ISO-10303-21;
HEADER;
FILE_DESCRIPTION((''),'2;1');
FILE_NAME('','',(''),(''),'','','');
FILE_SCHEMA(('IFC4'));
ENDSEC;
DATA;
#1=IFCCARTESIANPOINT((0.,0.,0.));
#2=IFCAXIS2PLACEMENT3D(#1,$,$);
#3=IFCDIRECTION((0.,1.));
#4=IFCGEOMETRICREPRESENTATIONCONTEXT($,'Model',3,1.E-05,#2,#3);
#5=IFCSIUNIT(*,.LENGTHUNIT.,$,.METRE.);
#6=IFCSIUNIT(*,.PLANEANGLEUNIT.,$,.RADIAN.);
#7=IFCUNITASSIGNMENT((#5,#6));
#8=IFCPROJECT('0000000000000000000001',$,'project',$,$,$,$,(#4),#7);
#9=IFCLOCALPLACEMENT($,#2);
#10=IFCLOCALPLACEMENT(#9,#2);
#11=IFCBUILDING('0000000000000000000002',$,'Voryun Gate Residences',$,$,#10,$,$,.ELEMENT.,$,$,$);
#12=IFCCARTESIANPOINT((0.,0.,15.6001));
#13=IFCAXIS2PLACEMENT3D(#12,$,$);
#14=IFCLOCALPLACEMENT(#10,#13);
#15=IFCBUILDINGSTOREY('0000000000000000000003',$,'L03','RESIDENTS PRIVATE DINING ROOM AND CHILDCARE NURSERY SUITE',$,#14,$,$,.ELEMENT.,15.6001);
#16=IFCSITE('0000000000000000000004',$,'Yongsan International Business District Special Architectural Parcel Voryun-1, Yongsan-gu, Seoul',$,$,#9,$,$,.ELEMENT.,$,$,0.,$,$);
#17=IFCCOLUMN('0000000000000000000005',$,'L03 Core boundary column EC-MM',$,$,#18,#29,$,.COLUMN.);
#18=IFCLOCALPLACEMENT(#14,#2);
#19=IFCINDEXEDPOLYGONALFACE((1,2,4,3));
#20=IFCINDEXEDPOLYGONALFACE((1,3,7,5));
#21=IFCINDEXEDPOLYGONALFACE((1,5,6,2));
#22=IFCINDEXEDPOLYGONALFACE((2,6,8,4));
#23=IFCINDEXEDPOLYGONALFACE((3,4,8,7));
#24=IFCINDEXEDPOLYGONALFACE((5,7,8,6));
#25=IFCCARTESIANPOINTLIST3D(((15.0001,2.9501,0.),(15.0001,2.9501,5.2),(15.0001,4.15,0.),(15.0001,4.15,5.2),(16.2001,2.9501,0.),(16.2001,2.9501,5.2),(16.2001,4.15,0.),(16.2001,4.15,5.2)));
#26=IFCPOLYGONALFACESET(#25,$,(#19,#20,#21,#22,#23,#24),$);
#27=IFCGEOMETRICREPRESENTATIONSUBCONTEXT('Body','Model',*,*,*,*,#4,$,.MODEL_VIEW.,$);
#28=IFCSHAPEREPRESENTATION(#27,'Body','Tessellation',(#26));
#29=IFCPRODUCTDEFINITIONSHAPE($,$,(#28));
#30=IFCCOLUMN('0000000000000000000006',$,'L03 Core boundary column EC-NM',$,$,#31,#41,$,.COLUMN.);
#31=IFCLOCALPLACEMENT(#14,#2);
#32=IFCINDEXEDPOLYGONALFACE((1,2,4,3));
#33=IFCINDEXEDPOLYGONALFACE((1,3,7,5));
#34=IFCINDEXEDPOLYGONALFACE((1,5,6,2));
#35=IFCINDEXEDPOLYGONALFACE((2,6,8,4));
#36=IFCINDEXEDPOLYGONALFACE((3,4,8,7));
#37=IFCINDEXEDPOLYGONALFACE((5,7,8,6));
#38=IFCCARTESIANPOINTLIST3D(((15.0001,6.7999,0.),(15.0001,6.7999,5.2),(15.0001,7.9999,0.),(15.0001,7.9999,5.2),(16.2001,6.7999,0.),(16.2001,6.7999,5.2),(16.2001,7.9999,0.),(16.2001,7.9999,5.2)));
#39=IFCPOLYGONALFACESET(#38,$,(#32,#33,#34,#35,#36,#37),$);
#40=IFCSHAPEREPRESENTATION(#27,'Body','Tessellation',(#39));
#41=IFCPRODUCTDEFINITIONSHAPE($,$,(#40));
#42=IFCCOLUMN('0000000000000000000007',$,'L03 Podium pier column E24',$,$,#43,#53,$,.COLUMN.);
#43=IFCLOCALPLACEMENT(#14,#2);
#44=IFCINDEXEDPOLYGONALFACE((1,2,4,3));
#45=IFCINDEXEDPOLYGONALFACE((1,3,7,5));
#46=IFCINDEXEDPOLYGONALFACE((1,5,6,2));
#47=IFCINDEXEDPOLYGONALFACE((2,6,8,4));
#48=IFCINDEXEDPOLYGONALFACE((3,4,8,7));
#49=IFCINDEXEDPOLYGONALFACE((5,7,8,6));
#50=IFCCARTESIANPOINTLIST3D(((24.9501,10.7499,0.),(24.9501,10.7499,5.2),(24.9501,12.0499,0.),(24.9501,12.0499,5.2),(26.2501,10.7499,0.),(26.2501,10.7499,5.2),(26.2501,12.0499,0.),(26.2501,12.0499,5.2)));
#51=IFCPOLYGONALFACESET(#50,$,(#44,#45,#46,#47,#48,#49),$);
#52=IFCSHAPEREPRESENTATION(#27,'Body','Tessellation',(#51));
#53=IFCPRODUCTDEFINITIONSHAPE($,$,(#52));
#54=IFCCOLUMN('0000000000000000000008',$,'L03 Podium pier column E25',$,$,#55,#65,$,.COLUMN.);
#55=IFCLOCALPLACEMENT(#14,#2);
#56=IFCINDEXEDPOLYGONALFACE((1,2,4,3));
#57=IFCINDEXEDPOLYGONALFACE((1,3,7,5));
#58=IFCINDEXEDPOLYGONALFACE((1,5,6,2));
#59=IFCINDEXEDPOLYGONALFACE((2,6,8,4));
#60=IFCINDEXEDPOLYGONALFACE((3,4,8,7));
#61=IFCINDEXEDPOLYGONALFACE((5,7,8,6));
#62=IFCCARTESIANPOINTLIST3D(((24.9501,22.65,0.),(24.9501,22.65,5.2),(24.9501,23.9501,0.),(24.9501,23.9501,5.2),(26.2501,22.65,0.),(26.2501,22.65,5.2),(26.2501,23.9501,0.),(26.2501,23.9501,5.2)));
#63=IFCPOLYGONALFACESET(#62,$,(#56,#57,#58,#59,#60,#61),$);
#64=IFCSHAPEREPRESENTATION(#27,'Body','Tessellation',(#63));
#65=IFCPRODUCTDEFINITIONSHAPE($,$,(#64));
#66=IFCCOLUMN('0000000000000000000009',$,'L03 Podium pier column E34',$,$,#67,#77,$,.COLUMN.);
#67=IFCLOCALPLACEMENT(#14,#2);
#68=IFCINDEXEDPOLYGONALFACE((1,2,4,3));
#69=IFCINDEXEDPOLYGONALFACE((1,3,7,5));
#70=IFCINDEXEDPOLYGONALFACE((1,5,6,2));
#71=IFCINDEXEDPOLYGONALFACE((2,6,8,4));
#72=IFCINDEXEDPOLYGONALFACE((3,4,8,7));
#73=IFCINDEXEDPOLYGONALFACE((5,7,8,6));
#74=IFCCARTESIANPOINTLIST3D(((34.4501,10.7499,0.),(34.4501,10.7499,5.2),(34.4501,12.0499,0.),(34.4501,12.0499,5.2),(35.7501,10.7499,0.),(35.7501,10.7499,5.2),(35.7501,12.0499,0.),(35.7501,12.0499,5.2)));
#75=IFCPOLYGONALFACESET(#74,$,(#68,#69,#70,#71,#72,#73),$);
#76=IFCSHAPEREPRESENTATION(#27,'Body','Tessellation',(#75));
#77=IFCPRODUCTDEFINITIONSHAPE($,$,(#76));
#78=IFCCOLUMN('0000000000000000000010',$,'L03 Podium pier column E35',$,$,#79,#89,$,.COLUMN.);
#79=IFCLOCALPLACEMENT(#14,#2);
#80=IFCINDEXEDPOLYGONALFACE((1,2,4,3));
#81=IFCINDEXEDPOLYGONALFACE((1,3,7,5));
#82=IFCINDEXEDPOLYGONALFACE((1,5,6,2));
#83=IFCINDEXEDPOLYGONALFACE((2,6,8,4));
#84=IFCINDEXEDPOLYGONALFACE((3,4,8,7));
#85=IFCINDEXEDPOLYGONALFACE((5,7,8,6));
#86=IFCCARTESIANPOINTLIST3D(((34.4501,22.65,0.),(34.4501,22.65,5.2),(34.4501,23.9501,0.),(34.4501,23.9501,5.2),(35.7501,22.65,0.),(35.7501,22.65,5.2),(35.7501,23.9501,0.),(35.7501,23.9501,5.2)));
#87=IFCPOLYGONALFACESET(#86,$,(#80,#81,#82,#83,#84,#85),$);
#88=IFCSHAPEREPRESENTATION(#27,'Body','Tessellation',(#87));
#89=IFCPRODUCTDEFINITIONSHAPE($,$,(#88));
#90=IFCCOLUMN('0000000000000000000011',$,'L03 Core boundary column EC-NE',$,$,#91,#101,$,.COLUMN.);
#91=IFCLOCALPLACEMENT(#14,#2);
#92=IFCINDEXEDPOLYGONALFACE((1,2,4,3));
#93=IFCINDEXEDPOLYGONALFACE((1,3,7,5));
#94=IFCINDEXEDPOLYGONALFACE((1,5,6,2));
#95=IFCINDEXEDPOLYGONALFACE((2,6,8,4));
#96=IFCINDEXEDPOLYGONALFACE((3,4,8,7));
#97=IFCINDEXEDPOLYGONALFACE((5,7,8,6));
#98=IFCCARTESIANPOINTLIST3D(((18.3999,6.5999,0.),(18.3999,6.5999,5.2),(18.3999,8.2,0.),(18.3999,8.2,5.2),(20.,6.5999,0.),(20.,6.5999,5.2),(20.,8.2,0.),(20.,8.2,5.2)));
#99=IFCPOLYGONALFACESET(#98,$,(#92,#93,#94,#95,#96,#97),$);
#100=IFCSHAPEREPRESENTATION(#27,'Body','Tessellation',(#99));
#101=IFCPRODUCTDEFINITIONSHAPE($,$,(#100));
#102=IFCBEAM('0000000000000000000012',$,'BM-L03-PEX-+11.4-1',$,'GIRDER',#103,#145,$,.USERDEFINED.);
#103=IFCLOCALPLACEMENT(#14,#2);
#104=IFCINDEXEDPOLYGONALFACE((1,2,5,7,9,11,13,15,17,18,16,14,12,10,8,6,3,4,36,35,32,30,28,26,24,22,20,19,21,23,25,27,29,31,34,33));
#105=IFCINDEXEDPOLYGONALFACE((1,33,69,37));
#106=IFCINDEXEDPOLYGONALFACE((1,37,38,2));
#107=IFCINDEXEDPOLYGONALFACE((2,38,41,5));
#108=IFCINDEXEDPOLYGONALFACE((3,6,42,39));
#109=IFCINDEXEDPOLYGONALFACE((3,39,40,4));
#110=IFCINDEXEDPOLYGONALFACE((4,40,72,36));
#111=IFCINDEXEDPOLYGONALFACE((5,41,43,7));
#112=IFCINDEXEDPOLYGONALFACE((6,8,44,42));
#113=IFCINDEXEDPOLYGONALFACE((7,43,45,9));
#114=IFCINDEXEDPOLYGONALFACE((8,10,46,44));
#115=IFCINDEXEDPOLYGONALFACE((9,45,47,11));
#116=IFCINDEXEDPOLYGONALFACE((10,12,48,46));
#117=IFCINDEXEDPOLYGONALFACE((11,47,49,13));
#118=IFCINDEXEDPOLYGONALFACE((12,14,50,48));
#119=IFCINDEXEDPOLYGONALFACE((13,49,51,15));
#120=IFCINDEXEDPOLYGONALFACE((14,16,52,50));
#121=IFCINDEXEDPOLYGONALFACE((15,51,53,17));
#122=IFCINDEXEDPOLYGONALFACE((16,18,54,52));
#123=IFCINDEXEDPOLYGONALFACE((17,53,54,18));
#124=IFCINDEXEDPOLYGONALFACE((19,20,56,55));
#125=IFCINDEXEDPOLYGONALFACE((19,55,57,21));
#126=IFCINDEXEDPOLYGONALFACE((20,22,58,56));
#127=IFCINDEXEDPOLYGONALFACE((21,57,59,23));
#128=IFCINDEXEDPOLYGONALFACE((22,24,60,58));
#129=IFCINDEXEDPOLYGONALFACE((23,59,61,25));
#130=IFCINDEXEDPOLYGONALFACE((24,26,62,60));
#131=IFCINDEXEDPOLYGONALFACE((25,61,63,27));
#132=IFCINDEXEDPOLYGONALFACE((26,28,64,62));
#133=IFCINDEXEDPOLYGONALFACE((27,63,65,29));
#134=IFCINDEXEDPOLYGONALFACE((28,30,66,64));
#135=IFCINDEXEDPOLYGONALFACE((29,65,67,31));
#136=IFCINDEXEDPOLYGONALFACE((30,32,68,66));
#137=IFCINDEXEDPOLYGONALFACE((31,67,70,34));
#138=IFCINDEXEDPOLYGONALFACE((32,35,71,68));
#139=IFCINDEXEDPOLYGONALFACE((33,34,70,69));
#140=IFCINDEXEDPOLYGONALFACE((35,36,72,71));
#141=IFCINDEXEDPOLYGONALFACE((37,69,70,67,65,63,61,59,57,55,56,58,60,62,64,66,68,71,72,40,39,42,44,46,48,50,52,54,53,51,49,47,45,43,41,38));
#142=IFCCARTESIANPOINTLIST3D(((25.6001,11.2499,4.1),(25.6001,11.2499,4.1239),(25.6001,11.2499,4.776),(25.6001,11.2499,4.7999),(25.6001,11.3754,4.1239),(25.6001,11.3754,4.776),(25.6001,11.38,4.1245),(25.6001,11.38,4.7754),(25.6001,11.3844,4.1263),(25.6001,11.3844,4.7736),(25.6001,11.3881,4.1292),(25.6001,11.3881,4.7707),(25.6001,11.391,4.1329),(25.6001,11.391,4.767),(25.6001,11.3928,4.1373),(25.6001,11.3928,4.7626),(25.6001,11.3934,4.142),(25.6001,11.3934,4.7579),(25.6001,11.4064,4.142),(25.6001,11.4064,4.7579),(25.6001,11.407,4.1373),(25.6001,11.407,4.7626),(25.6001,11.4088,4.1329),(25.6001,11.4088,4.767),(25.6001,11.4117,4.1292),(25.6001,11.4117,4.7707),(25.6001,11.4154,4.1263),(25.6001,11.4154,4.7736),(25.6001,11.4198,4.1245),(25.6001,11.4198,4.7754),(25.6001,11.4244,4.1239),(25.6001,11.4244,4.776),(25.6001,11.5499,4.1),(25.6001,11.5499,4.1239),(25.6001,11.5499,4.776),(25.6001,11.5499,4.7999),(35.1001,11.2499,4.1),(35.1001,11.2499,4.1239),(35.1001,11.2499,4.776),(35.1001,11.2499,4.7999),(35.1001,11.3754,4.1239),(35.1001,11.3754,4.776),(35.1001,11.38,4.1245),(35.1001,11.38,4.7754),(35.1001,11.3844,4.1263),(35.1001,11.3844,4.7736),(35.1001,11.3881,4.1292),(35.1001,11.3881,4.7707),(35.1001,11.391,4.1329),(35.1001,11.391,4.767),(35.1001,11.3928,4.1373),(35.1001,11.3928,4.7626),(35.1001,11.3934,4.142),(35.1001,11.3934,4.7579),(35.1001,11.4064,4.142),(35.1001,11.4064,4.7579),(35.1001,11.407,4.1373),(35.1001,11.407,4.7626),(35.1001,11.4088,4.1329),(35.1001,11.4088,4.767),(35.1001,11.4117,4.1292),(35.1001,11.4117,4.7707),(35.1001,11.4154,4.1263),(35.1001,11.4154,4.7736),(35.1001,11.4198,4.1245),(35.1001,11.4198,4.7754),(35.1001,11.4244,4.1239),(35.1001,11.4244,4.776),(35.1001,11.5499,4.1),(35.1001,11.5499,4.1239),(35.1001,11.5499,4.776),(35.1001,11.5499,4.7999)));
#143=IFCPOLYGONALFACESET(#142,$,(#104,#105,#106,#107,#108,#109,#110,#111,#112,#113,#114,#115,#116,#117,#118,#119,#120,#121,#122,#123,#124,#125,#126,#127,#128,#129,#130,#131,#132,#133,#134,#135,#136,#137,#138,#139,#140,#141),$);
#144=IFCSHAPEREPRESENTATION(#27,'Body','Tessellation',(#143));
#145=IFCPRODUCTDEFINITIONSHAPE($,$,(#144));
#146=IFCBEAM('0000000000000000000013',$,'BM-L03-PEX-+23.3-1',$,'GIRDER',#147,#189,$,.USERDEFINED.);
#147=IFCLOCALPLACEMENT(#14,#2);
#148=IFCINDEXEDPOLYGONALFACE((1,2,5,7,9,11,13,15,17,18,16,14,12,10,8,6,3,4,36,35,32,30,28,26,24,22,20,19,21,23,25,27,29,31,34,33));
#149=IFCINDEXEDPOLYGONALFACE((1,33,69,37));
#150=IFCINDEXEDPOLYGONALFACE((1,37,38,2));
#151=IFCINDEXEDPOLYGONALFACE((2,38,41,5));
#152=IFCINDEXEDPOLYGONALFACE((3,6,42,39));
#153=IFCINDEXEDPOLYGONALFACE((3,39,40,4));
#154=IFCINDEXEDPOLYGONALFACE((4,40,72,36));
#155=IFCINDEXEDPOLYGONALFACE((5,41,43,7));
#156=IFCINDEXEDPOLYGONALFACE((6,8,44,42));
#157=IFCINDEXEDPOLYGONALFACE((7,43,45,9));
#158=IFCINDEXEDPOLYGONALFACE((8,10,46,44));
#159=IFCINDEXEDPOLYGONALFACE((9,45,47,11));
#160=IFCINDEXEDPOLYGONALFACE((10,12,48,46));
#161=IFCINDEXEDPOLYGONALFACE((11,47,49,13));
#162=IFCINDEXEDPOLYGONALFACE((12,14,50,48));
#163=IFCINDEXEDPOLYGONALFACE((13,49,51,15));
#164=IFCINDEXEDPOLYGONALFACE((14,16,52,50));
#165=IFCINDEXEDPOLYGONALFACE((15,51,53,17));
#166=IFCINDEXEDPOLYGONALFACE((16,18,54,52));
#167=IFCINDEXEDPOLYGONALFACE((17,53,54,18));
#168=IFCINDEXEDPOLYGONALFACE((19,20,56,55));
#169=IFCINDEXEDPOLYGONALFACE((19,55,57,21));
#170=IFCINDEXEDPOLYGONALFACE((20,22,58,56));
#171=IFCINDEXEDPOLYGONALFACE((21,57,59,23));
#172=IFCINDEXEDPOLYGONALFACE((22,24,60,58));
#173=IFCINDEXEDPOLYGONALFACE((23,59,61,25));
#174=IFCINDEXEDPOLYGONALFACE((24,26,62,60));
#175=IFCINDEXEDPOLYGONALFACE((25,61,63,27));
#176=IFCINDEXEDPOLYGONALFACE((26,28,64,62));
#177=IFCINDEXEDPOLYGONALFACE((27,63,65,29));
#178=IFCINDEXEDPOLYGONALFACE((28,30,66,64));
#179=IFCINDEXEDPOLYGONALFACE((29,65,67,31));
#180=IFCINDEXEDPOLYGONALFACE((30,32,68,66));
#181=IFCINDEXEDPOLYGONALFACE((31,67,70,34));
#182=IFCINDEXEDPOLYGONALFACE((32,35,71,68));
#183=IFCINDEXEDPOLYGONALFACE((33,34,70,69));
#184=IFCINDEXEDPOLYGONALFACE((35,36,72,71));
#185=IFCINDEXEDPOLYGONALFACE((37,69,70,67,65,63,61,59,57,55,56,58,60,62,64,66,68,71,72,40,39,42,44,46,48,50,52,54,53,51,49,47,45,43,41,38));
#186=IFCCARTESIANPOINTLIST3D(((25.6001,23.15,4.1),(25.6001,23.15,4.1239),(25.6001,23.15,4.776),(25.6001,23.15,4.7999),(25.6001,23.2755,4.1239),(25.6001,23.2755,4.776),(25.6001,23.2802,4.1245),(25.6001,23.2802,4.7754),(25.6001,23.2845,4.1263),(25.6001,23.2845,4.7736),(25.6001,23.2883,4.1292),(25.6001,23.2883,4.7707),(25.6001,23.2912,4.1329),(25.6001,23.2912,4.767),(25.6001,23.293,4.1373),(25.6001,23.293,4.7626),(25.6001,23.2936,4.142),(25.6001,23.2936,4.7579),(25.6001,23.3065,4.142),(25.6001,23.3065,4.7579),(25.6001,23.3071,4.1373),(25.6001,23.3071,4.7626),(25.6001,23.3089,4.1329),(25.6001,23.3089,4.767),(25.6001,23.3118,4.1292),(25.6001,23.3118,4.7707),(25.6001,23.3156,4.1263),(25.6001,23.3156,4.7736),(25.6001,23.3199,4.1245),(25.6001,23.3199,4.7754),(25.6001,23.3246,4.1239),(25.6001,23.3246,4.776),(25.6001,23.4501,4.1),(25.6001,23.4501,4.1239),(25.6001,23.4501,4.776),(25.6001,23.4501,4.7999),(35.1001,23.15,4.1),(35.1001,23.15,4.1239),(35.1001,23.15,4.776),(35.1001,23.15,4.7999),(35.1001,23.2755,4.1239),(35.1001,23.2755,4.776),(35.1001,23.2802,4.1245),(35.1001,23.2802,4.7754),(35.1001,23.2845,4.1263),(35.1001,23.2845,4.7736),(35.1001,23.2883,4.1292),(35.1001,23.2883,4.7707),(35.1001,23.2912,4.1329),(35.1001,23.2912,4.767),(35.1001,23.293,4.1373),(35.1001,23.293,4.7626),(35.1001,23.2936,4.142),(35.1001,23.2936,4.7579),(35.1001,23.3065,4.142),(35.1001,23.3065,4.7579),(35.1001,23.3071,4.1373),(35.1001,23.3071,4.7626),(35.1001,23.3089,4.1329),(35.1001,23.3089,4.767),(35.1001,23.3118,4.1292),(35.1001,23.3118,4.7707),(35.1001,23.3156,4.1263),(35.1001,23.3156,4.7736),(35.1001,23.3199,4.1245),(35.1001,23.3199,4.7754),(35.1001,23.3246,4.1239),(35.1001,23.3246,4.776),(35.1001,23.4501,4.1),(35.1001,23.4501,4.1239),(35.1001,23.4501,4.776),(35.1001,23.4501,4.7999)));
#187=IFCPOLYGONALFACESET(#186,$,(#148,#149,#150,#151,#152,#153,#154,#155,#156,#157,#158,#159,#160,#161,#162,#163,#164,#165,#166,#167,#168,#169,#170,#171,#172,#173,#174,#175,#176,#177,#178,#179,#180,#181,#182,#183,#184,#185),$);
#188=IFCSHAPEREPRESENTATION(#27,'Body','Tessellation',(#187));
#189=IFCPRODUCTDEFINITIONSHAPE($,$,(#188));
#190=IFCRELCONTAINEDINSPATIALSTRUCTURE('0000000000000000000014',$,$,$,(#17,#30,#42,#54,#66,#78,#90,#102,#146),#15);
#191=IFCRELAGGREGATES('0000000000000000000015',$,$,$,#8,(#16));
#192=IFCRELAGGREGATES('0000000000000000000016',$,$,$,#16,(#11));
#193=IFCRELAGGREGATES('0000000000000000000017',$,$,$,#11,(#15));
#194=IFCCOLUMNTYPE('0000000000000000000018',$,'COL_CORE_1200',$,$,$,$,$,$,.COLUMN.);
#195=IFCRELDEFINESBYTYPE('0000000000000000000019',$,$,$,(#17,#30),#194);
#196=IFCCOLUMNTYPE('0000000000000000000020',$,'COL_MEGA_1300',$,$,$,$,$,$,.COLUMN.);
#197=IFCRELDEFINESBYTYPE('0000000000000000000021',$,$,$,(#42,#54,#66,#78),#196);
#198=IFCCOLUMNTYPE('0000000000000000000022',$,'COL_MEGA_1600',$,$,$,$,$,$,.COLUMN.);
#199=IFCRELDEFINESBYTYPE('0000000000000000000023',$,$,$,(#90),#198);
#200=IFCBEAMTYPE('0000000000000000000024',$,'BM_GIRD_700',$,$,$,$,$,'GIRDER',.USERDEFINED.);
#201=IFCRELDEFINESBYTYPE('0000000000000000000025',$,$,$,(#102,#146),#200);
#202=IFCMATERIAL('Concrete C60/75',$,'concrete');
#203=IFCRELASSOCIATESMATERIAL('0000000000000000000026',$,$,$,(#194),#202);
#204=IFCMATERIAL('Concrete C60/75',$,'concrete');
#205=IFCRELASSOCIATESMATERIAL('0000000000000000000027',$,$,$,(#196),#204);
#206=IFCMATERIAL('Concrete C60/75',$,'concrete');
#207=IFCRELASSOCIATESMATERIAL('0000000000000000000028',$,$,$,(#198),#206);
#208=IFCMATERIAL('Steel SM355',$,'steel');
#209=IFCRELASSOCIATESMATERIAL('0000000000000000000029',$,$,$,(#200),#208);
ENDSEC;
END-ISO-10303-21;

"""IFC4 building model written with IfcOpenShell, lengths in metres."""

from ifc_helpers import new_model, si_unit, direction, frame, origin, origin_2d, place, context, subcontext, project, spatial, rectangle, i_section, extrude, material, material_profile, profile_set, type_object, element, save


model = new_model("IFC4")

# Units and contexts
model_context = context("Model", 3, precision=1e-05, world=origin(), true_north=direction((0.0, 1.0)))
body_context = subcontext(model_context, "Body", "Model", "MODEL_VIEW")
ifc_project = project(units=[si_unit("LENGTHUNIT", "METRE"), si_unit("PLANEANGLEUNIT", "RADIAN")], contexts=[model_context])

# Site, building, storey
site_placement = place(None, origin())
site = spatial("IfcSite", under=ifc_project, at=site_placement, Name="Yongsan International Business District Special Architectural Parcel Voryun-1, Yongsan-gu, Seoul", CompositionType="ELEMENT", RefElevation=0.0)
building_placement = place(site_placement, origin())
building = spatial("IfcBuilding", under=site, at=building_placement, Name="Voryun Gate Residences", CompositionType="ELEMENT")
storey_placement = place(building_placement, frame((0.0, 0.0, 15.6001)))
storey = spatial("IfcBuildingStorey", under=building, at=storey_placement, Name="L03", Description="RESIDENTS PRIVATE DINING ROOM AND CHILDCARE NURSERY SUITE", CompositionType="ELEMENT", Elevation=15.6001)

# Columns
ifc_material_1 = material(Name="Concrete C60/75", Category="concrete")
ifc_material_profile_1 = material_profile(ifc_material_1, rectangle(XDim=1.2, YDim=1.2, at=origin_2d()), Name="RC-1200x1200")
ifc_profile_set_1 = profile_set([ifc_material_profile_1], Name="Concrete C60/75")
column_type_1 = type_object("IfcColumnType", Name="COL_CORE_1200", PredefinedType="COLUMN", material=ifc_profile_set_1)
for number, where, z_axis, x_axis, name in (
    (1, (15.6001, 3.55, 0.0), (0.0, 0.0, 1.0), (1.0, 0.0, 0.0), "L03 Core boundary column EC-MM"),
    (2, (15.6001, 7.3999, 0.0), (0.0, 0.0, 1.0), (1.0, 0.0, 0.0), "L03 Core boundary column EC-NM"),
):
    element("IfcColumn", number, at=place(storey_placement, frame(where, z_axis=z_axis, x_axis=x_axis)), inside=storey, type_object=column_type_1, Name=name, PredefinedType="COLUMN", context=body_context, shape_type="SweptSolid", body=[
        extrude(rectangle(XDim=1.2, YDim=1.2, at=origin_2d()), origin(), (0.0, 0.0, 1.0), 5.2),
    ])
ifc_material_2 = material(Name="Concrete C60/75", Category="concrete")
ifc_material_profile_2 = material_profile(ifc_material_2, rectangle(XDim=1.3, YDim=1.3, at=origin_2d()), Name="RC-1300x1300")
ifc_profile_set_2 = profile_set([ifc_material_profile_2], Name="Concrete C60/75")
column_type_2 = type_object("IfcColumnType", Name="COL_MEGA_1300", PredefinedType="COLUMN", material=ifc_profile_set_2)
for number, where, z_axis, x_axis, name in (
    (3, (25.6001, 11.3999, 0.0), (0.0, 0.0, 1.0), (1.0, 0.0, 0.0), "L03 Podium pier column E24"),
    (4, (25.6001, 23.3, 0.0), (0.0, 0.0, 1.0), (1.0, 0.0, 0.0), "L03 Podium pier column E25"),
    (5, (35.1001, 11.3999, 0.0), (0.0, 0.0, 1.0), (1.0, 0.0, 0.0), "L03 Podium pier column E34"),
    (6, (35.1001, 23.3, 0.0), (0.0, 0.0, 1.0), (1.0, 0.0, 0.0), "L03 Podium pier column E35"),
):
    element("IfcColumn", number, at=place(storey_placement, frame(where, z_axis=z_axis, x_axis=x_axis)), inside=storey, type_object=column_type_2, Name=name, PredefinedType="COLUMN", context=body_context, shape_type="SweptSolid", body=[
        extrude(rectangle(XDim=1.3, YDim=1.3, at=origin_2d()), origin(), (0.0, 0.0, 1.0), 5.2),
    ])
ifc_material_3 = material(Name="Concrete C60/75", Category="concrete")
ifc_material_profile_3 = material_profile(ifc_material_3, rectangle(XDim=1.6001, YDim=1.6001, at=origin_2d()), Name="RC-1600x1600")
ifc_profile_set_3 = profile_set([ifc_material_profile_3], Name="Concrete C60/75")
column_type_3 = type_object("IfcColumnType", Name="COL_MEGA_1600", PredefinedType="COLUMN", material=ifc_profile_set_3)
column_placement = place(storey_placement, frame((19.2, 7.3999, 0.0), z_axis=(0.0, 0.0, 1.0), x_axis=(1.0, 0.0, 0.0)))
element("IfcColumn", 7, at=column_placement, inside=storey, type_object=column_type_3, Name="L03 Core boundary column EC-NE", PredefinedType="COLUMN", context=body_context, shape_type="SweptSolid", body=[
    extrude(rectangle(XDim=1.6001, YDim=1.6001, at=origin_2d()), origin(), (0.0, 0.0, 1.0), 5.2),
])

# Beams
ifc_material_4 = material(Name="Steel SM355", Category="steel")
ifc_material_profile_4 = material_profile(ifc_material_4, i_section(OverallWidth=0.3, OverallDepth=0.7, WebThickness=0.0129, FlangeThickness=0.0239, FilletRadius=0.0181, at=origin_2d()), Name="H-700x300x13x24")
ifc_profile_set_4 = profile_set([ifc_material_profile_4], Name="Steel SM355")
beam_type = type_object("IfcBeamType", Name="BM_GIRD_700", ElementType="GIRDER", PredefinedType="USERDEFINED", material=ifc_profile_set_4)
for number, where, z_axis, x_axis, name in (
    (8, (25.6001, 11.3999, 4.45), (1.0, 0.0, 0.0), (0.0, 1.0, 0.0), "BM-L03-PEX-+11.4-1"),
    (9, (25.6001, 23.3, 4.45), (1.0, 0.0, 0.0), (0.0, 1.0, 0.0), "BM-L03-PEX-+23.3-1"),
):
    element("IfcBeam", number, at=place(storey_placement, frame(where, z_axis=z_axis, x_axis=x_axis)), inside=storey, type_object=beam_type, Name=name, ObjectType="GIRDER", PredefinedType="USERDEFINED", context=body_context, shape_type="SweptSolid", body=[
        extrude(i_section(OverallWidth=0.3, OverallDepth=0.7, WebThickness=0.0129, FlangeThickness=0.0239, FilletRadius=0.0181, at=origin_2d()), origin(), (0.0, 0.0, 1.0), 9.5),
    ])

save(model, "model.ifc")
